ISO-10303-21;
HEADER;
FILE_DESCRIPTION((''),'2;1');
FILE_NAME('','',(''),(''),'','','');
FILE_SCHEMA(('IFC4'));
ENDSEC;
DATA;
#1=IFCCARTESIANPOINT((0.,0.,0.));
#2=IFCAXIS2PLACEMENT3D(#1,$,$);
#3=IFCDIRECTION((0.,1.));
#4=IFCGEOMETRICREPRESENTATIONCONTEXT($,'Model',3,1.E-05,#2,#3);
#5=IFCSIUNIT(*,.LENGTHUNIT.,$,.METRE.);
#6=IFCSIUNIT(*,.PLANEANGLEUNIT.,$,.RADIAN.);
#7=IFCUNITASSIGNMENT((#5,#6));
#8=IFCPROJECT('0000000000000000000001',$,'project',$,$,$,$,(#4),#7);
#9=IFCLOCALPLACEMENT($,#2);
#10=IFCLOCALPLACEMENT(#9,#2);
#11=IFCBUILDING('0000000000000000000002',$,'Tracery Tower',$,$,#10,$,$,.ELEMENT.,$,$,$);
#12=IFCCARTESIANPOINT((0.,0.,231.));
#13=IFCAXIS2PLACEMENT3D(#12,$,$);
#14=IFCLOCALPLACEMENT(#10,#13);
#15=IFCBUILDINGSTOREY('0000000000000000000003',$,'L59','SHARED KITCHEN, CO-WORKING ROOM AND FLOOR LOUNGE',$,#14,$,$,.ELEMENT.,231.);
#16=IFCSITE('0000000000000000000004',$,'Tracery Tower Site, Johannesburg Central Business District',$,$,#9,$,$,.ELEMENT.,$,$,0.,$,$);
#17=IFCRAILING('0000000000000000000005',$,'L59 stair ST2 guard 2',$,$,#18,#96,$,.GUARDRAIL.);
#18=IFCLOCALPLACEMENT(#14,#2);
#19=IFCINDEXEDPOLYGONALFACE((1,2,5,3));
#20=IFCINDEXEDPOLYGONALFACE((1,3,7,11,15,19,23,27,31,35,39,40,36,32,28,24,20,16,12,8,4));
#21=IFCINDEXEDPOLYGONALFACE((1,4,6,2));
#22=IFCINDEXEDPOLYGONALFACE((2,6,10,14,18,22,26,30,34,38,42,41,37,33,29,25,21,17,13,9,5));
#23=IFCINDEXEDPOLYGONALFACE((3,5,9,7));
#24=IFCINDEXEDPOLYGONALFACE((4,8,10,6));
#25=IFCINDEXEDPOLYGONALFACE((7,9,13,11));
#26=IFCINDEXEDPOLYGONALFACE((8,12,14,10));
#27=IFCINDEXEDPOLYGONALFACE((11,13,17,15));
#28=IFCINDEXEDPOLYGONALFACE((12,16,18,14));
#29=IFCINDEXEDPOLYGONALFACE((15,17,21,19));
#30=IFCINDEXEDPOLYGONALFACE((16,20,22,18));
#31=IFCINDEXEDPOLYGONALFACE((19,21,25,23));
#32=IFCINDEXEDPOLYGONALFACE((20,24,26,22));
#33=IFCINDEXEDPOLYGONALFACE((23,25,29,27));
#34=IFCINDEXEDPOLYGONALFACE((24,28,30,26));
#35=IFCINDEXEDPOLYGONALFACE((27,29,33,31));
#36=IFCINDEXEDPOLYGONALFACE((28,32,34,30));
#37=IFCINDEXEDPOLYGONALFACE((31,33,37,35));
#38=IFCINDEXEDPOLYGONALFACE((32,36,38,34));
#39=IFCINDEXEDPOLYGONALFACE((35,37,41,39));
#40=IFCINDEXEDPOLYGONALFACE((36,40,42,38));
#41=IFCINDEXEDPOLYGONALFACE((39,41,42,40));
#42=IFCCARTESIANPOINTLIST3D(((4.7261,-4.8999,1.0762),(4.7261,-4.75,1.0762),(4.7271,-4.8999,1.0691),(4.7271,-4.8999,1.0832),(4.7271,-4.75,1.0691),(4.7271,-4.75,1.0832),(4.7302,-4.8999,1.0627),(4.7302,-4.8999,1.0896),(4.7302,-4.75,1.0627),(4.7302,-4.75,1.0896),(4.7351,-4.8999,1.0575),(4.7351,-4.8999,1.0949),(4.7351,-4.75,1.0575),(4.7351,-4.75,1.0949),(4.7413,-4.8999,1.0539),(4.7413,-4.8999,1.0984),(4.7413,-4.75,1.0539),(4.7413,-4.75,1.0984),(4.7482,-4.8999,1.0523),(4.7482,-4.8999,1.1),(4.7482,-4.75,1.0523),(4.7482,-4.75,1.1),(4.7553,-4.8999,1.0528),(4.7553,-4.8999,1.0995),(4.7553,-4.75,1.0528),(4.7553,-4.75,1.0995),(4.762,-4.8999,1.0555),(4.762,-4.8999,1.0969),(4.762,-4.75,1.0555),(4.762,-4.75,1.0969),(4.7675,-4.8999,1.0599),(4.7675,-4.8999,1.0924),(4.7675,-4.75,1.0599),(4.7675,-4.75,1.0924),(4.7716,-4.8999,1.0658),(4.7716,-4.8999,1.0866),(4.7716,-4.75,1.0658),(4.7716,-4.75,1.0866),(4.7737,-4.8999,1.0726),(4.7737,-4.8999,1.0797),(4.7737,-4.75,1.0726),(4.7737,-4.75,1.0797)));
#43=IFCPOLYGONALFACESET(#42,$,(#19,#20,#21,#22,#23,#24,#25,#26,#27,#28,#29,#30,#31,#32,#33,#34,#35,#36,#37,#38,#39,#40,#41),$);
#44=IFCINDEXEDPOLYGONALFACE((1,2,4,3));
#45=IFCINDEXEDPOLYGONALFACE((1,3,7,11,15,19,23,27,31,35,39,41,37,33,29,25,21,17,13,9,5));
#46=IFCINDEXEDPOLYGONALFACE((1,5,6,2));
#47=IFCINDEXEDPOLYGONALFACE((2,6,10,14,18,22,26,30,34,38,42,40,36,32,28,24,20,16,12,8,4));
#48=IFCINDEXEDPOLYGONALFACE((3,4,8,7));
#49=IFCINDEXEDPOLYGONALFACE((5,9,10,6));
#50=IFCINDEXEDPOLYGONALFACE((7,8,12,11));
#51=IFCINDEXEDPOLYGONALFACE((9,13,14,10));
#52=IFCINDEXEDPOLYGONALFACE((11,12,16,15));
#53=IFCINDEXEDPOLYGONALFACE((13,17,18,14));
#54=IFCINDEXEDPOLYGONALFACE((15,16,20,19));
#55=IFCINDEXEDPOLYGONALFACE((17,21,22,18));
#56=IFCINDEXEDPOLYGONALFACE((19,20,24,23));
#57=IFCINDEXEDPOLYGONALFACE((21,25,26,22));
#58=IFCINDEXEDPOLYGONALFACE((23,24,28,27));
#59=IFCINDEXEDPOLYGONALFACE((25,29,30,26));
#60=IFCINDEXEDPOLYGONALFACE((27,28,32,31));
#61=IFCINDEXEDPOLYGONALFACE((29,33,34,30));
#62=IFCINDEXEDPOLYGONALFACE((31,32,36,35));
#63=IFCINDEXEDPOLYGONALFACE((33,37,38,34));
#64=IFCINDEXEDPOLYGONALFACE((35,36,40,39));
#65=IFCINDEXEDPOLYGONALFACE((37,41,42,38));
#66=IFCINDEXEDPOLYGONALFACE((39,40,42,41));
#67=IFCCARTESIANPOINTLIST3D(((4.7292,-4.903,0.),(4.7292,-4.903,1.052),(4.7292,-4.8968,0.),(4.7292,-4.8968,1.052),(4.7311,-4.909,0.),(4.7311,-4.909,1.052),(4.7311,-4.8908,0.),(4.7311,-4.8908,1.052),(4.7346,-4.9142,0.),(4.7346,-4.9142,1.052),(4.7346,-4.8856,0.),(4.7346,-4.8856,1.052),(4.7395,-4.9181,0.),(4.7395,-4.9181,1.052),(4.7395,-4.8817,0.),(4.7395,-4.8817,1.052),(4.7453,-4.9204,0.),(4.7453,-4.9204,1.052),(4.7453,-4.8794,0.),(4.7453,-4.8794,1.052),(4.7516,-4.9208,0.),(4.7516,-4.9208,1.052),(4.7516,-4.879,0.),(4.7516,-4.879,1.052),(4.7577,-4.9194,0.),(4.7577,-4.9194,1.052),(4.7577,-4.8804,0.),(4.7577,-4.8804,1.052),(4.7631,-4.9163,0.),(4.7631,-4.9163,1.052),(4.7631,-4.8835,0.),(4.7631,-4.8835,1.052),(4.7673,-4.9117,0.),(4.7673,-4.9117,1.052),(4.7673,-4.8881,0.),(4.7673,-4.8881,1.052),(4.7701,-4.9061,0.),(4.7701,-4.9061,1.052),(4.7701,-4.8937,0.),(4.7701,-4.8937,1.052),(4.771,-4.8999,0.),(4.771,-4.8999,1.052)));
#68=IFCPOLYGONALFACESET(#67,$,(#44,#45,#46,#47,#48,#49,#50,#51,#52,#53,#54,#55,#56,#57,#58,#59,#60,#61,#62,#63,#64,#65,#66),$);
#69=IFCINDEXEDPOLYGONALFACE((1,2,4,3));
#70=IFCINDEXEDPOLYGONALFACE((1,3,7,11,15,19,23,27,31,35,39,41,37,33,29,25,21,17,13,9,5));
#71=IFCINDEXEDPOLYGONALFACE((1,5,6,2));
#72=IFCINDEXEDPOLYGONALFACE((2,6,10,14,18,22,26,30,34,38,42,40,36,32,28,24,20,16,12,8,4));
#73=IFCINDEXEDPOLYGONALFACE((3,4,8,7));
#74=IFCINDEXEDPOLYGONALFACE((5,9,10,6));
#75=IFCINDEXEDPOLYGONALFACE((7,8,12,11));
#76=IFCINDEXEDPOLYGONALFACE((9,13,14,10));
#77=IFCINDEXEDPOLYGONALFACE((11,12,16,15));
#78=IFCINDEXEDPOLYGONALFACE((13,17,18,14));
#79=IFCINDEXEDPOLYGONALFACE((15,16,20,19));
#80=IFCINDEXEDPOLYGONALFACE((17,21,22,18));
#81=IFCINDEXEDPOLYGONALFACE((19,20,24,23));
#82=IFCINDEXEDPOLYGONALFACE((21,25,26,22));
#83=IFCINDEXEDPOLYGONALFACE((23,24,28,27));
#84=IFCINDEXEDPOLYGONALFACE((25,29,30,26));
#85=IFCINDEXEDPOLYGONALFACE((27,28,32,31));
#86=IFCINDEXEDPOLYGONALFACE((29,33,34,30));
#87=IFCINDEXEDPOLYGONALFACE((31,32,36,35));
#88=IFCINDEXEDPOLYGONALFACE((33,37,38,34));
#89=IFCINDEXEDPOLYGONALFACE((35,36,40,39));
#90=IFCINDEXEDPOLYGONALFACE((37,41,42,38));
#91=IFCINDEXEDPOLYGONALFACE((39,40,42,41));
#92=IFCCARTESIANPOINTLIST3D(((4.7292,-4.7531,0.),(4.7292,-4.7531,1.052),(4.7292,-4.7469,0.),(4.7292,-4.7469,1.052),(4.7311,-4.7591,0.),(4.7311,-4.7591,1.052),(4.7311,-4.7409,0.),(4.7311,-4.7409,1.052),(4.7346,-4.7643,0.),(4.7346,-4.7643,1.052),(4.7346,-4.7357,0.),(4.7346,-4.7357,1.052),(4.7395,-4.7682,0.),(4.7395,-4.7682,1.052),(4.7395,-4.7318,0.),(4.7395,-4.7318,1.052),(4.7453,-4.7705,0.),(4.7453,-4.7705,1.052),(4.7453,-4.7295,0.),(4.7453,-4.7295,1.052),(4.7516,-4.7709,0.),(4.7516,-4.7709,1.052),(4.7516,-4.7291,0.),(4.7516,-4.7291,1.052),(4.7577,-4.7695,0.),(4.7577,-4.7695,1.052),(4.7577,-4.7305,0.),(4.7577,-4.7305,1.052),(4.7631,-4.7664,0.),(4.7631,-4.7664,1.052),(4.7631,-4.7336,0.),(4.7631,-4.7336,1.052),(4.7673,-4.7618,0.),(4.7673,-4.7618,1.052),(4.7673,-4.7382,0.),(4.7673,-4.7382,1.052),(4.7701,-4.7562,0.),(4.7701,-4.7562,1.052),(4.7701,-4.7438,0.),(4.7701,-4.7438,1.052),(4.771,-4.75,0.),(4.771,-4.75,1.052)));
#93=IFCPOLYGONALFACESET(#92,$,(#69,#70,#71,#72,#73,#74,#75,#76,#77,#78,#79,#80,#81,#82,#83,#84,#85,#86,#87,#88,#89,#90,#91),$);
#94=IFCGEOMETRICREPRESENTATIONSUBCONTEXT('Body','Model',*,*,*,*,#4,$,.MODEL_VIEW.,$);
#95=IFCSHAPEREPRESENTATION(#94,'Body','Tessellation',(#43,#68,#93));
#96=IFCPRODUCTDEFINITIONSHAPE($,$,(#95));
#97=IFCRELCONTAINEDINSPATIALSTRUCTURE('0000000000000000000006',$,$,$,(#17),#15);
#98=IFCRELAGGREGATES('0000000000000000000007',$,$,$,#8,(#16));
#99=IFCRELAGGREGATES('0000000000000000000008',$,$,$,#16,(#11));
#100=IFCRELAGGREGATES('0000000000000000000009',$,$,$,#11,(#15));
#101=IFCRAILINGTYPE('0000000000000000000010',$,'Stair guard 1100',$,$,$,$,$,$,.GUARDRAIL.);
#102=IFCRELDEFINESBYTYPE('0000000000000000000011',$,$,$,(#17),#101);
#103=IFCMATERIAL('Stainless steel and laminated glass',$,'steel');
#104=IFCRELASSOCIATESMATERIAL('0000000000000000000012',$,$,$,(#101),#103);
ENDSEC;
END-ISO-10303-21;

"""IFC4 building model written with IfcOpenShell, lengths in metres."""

from ifc_helpers import new_model, si_unit, direction, frame, origin, origin_2d, place, context, subcontext, project, spatial, circle, extrude, material, type_object, element, save


model = new_model("IFC4")

# Units and contexts
model_context = context("Model", 3, precision=1e-05, world=origin(), true_north=direction((0.0, 1.0)))
body_context = subcontext(model_context, "Body", "Model", "MODEL_VIEW")
ifc_project = project(units=[si_unit("LENGTHUNIT", "METRE"), si_unit("PLANEANGLEUNIT", "RADIAN")], contexts=[model_context])

# Site, building, storey
site_placement = place(None, origin())
site = spatial("IfcSite", under=ifc_project, at=site_placement, Name="Tracery Tower Site, Johannesburg Central Business District", CompositionType="ELEMENT", RefElevation=0.0)
building_placement = place(site_placement, origin())
building = spatial("IfcBuilding", under=site, at=building_placement, Name="Tracery Tower", CompositionType="ELEMENT")
storey_placement = place(building_placement, frame((0.0, 0.0, 231.0)))
storey = spatial("IfcBuildingStorey", under=building, at=storey_placement, Name="L59", Description="SHARED KITCHEN, CO-WORKING ROOM AND FLOOR LOUNGE", CompositionType="ELEMENT", Elevation=231.0)

# Railing
ifc_material_1 = material(Name="Stainless steel and laminated glass", Category="steel")
railing_type_1 = type_object("IfcRailingType", Name="Stair guard 1100", PredefinedType="GUARDRAIL", material=ifc_material_1)
railing_1_placement = place(storey_placement, frame((4.75, -4.8999, 0.0)))
element("IfcRailing", 1, at=railing_1_placement, inside=storey, type_object=railing_type_1, Name="L59 stair ST2 guard 2", PredefinedType="GUARDRAIL", context=body_context, shape_type="SweptSolid", body=[
    extrude(circle(Radius=0.0239, at=origin_2d()), frame((0.0, 0.0, 1.0762), z_axis=(0.0, 1.0, 0.0), x_axis=(-1.0, 0.0, 0.0)), (0.0, 0.0, 1.0), 0.1499),
    extrude(circle(Radius=0.021, at=origin_2d()), origin(), (0.0, 0.0, 1.0), 1.052),
    extrude(circle(Radius=0.021, at=origin_2d()), frame((0.0, 0.1499, 0.0)), (0.0, 0.0, 1.0), 1.052),
])

save(model, "model.ifc")
